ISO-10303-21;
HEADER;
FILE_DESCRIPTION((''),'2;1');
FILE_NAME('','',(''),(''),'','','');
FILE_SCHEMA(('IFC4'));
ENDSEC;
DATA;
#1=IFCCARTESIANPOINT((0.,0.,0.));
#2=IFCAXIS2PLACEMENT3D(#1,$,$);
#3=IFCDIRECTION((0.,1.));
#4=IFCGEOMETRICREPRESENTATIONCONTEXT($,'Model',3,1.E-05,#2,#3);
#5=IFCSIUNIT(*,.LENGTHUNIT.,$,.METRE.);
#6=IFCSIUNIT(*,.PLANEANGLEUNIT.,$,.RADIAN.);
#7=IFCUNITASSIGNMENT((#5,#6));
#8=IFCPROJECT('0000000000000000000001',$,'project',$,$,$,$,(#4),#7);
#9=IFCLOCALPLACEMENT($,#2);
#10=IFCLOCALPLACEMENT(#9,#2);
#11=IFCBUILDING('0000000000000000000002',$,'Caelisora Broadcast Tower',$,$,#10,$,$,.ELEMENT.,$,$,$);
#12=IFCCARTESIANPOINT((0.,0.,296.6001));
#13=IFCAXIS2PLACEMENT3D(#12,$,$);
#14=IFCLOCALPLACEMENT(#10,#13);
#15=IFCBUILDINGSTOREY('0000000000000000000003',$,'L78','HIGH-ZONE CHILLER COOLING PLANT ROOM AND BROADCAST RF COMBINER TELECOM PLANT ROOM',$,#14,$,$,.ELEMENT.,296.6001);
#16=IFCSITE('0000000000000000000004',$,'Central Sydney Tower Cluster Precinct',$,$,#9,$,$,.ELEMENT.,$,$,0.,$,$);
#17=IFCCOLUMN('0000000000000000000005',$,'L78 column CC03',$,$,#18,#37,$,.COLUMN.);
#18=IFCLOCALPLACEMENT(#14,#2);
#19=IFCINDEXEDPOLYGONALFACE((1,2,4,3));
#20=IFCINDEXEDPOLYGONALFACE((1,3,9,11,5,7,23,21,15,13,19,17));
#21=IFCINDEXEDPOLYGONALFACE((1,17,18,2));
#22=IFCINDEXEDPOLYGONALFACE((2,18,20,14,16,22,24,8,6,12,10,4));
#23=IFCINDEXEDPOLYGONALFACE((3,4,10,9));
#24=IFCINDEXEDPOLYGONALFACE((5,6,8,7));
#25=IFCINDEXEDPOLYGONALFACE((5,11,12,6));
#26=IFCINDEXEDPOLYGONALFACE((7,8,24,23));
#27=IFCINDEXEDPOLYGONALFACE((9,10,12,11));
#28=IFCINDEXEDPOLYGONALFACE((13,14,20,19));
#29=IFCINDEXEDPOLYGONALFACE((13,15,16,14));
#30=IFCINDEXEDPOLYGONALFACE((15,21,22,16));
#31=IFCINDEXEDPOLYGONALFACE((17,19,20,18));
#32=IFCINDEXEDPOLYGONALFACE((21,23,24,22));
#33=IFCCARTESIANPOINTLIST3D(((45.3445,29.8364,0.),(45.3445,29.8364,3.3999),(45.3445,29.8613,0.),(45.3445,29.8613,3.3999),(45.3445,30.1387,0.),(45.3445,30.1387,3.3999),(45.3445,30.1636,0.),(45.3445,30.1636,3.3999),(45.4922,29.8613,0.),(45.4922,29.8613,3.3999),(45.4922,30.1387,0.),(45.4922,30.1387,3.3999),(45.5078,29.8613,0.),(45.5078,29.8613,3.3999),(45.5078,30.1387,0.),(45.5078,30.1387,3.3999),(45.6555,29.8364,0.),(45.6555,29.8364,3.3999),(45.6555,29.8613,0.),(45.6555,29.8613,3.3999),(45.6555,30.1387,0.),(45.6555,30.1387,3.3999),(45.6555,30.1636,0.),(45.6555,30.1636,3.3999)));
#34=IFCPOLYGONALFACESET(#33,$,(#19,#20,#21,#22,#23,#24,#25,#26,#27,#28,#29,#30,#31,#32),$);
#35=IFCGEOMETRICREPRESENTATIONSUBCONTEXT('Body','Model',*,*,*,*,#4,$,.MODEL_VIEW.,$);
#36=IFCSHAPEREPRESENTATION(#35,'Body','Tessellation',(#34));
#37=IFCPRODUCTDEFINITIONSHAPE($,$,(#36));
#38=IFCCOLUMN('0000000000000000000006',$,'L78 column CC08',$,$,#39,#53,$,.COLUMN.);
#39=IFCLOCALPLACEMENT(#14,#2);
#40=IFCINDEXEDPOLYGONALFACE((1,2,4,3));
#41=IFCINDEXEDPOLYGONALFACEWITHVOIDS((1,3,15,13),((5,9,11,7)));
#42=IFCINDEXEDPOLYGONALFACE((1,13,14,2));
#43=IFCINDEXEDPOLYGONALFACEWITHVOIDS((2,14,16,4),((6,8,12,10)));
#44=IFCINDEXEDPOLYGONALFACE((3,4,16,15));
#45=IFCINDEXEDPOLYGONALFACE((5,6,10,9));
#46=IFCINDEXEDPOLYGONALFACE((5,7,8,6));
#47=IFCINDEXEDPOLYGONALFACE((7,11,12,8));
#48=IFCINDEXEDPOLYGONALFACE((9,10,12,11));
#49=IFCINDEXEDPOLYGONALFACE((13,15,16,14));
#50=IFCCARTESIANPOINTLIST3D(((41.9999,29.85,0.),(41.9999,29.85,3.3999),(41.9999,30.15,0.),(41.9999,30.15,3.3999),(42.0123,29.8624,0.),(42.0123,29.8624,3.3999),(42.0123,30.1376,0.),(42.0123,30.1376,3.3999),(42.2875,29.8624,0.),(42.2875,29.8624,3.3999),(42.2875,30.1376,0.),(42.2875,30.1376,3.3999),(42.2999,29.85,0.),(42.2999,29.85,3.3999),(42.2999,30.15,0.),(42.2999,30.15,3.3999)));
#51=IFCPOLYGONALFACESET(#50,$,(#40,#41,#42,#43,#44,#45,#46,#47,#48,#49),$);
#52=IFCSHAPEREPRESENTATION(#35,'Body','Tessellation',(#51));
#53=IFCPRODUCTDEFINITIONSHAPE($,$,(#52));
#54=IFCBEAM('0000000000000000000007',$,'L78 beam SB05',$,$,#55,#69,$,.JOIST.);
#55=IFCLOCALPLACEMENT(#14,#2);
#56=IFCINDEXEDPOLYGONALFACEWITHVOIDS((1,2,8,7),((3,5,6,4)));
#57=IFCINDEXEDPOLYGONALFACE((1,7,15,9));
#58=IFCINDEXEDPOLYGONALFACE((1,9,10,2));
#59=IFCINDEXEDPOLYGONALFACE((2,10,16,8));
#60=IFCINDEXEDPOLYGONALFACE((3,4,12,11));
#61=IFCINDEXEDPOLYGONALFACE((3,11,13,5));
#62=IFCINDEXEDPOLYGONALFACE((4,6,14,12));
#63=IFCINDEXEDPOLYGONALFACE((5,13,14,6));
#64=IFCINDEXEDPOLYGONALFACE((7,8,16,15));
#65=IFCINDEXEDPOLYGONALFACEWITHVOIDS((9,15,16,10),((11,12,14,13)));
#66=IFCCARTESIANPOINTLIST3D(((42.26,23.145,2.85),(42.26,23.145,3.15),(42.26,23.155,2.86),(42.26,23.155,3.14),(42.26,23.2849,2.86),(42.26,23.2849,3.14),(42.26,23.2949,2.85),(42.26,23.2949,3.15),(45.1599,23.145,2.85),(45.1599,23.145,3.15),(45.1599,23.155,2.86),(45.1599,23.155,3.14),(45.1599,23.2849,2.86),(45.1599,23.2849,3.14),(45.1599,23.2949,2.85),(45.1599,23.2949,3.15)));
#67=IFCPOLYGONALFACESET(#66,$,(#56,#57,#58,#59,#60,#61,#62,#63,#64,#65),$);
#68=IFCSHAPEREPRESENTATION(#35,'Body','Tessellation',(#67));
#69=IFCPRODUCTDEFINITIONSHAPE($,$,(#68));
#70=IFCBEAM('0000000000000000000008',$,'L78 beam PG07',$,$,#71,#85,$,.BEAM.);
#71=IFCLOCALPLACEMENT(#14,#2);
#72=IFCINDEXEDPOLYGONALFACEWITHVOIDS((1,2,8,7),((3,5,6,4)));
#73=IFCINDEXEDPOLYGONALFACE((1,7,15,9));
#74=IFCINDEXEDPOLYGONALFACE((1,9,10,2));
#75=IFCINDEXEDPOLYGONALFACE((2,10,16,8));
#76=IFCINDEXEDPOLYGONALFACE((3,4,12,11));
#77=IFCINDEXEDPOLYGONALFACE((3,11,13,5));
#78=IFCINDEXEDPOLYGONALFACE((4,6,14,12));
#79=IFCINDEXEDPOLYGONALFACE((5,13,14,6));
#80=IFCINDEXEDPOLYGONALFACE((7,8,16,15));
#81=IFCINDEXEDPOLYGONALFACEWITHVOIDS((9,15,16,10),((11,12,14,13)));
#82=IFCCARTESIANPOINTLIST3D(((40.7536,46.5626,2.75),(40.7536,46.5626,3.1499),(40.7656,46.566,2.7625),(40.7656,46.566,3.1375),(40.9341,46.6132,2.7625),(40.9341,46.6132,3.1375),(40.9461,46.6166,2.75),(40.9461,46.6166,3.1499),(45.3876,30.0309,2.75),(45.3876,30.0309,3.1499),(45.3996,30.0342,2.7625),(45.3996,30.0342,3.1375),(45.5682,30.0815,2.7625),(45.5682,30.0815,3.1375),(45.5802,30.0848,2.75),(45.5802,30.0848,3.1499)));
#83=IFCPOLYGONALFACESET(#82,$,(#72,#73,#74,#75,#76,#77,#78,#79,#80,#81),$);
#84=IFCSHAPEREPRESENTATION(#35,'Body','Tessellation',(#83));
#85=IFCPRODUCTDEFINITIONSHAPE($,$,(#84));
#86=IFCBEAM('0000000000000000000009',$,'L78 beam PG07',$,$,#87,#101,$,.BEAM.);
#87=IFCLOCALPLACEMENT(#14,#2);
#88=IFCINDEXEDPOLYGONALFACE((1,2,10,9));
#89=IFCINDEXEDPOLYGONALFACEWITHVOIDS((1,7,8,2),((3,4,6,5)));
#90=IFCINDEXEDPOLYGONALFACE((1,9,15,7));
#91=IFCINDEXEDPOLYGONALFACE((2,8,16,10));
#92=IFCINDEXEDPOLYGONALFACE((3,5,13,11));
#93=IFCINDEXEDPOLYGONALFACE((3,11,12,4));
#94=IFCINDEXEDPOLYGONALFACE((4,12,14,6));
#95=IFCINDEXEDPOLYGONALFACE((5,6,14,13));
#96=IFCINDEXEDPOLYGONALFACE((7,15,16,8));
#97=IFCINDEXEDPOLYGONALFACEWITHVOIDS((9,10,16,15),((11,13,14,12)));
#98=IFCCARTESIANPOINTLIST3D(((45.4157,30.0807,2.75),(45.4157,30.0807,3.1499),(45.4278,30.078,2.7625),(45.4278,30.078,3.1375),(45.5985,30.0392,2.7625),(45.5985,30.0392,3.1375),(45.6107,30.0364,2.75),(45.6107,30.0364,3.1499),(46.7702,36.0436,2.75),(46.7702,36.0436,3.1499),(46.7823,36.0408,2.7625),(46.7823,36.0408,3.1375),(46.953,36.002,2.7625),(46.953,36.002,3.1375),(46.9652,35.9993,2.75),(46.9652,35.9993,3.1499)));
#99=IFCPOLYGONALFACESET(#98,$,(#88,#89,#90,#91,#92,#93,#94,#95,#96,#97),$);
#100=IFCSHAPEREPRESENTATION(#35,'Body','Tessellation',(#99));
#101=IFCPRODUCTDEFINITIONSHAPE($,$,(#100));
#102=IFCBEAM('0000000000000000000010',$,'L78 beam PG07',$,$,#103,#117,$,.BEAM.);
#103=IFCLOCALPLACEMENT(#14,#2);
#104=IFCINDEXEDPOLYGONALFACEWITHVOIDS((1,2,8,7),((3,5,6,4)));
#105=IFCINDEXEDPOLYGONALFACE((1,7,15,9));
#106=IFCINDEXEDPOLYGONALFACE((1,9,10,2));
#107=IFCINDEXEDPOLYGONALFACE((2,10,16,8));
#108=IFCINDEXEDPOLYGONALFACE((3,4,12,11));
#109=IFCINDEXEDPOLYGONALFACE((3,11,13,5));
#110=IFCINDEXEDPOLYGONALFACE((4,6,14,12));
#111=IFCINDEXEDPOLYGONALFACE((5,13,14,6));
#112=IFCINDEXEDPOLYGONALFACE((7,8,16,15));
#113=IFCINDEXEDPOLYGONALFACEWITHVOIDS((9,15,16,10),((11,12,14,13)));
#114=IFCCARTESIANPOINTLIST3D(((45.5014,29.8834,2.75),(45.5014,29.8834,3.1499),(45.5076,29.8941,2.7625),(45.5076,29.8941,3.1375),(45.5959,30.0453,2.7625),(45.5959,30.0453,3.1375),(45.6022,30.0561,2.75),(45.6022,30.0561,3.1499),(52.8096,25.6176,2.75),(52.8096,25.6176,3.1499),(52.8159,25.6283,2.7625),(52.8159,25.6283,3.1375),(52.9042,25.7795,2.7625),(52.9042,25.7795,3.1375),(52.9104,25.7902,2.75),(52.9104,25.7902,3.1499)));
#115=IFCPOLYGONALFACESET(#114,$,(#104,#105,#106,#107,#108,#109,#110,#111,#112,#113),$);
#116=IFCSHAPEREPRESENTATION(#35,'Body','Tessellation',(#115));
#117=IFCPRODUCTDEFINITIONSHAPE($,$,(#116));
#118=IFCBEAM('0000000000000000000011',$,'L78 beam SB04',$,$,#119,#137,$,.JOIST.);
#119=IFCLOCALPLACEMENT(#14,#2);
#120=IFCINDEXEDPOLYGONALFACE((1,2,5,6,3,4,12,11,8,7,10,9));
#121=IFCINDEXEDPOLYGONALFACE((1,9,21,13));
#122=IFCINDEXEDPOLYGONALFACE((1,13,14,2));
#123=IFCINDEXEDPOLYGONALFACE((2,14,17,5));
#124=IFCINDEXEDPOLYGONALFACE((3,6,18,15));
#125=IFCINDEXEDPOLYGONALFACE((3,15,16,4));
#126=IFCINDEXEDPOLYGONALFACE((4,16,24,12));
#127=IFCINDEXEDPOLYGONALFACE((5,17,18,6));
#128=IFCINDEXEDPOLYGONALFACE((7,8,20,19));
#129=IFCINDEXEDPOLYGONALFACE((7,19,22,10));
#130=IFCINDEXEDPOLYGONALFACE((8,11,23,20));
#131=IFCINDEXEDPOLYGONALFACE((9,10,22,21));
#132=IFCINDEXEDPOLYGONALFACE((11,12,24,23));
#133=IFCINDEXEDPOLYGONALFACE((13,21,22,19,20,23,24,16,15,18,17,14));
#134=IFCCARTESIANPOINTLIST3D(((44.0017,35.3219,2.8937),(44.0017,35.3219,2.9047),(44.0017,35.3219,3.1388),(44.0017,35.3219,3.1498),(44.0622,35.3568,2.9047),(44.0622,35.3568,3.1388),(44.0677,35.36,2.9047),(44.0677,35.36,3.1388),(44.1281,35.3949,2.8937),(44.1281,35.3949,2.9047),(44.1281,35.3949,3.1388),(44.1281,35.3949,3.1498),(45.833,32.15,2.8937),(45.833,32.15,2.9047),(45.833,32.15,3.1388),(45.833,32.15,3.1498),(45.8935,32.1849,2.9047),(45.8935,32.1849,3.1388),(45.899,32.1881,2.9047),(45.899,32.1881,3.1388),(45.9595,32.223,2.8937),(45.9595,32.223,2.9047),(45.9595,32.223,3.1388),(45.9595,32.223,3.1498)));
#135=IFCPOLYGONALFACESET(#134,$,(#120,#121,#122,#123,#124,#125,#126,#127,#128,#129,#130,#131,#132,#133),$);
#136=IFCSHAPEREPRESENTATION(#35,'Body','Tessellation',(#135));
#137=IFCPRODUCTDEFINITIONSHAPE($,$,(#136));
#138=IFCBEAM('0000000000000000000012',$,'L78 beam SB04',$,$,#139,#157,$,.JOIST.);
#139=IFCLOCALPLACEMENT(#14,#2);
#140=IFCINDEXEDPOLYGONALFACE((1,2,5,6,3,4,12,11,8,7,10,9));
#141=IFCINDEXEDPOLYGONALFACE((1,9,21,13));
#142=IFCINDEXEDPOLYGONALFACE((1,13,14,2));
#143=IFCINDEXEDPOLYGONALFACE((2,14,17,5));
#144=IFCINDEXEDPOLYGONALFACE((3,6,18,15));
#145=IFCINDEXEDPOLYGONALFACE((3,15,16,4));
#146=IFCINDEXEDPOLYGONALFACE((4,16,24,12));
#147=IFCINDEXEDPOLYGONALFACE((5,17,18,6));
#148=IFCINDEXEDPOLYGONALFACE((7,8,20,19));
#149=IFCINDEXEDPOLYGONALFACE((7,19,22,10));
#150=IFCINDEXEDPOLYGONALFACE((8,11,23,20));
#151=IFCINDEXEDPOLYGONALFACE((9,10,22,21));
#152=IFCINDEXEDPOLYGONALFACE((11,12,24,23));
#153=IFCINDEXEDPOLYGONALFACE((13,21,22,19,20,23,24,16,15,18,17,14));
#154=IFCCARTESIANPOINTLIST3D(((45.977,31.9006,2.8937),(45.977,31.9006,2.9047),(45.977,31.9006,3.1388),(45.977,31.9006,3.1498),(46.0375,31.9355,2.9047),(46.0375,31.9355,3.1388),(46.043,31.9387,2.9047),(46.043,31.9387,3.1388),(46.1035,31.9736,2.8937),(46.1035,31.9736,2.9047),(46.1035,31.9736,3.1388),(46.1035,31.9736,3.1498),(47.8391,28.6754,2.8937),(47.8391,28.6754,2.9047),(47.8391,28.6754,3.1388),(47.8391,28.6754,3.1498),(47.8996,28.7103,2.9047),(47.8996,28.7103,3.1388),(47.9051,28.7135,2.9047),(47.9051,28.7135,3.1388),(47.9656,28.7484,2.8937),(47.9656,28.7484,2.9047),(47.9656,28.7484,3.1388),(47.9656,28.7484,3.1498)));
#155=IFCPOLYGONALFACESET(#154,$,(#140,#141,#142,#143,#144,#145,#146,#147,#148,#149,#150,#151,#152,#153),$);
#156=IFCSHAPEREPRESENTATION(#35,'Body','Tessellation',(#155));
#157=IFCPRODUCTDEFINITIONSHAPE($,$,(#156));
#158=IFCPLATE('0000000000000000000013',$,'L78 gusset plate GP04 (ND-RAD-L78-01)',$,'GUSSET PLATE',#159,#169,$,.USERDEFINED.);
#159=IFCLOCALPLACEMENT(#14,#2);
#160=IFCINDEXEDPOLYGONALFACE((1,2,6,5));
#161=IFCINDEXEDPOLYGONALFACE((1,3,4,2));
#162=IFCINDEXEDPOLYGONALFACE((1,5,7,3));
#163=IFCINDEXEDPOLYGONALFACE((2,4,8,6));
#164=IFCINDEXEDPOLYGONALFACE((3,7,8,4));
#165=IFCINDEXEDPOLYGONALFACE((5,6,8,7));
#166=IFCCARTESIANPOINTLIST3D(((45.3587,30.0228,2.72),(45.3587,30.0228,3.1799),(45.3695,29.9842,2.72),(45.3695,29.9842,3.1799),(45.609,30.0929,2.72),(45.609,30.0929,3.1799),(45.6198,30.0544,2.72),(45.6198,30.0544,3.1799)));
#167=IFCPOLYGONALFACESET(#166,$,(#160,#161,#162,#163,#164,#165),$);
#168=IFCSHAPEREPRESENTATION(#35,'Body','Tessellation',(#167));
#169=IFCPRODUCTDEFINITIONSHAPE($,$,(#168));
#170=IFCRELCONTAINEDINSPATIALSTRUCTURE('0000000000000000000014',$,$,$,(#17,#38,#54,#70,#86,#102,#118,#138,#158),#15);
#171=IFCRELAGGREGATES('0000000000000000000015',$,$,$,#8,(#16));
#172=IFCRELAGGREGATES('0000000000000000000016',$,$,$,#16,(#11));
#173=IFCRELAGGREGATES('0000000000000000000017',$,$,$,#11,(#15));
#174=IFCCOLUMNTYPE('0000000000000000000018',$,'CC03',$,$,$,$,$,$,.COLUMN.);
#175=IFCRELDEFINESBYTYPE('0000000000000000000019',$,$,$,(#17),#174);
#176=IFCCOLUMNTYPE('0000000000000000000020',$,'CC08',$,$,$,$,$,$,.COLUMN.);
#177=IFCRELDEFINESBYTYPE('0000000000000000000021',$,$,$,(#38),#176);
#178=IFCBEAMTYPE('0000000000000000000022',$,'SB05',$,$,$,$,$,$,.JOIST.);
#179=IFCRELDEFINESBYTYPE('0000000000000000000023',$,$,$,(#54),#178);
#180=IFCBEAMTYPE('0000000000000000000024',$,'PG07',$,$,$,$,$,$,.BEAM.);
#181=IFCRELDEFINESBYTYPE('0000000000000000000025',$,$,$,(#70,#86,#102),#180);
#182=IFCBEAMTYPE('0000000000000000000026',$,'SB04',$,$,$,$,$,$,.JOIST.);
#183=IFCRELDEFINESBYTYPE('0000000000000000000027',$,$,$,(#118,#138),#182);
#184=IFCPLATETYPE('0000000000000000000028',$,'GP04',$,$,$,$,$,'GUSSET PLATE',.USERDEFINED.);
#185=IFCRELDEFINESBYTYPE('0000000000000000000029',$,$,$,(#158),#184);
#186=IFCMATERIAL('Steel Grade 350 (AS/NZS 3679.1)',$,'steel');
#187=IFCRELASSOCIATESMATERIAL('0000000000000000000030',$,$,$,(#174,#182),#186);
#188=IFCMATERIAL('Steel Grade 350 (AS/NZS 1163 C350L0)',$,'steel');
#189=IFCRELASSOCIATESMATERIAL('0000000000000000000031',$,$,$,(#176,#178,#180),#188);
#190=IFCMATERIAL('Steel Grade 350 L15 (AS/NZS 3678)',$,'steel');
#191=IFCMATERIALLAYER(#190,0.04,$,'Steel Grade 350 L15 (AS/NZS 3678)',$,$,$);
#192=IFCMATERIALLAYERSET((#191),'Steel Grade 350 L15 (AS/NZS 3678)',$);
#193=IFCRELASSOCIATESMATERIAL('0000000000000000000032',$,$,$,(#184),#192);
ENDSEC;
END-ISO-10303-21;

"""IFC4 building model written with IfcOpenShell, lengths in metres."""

from ifc_helpers import new_model, si_unit, direction, frame, origin, origin_2d, place, context, subcontext, project, spatial, rectangle, hollow_rectangle, i_section, extrude, source, transform, mapped, material, layer, layer_set, material_profile, profile_set, type_object, type_shapes, element, save


model = new_model("IFC4")

# Units and contexts
model_context = context("Model", 3, precision=1e-05, world=origin(), true_north=direction((0.0, 1.0)))
body_context = subcontext(model_context, "Body", "Model", "MODEL_VIEW")
ifc_project = project(units=[si_unit("LENGTHUNIT", "METRE"), si_unit("PLANEANGLEUNIT", "RADIAN")], contexts=[model_context])

# Site, building, storey
site_placement = place(None, origin())
site = spatial("IfcSite", under=ifc_project, at=site_placement, Name="Central Sydney Tower Cluster Precinct", CompositionType="ELEMENT", RefElevation=0.0)
building_placement = place(site_placement, origin())
building = spatial("IfcBuilding", under=site, at=building_placement, Name="Caelisora Broadcast Tower", CompositionType="ELEMENT")
storey_placement = place(building_placement, frame((0.0, 0.0, 296.6001)))
storey = spatial("IfcBuildingStorey", under=building, at=storey_placement, Name="L78", Description="HIGH-ZONE CHILLER COOLING PLANT ROOM AND BROADCAST RF COMBINER TELECOM PLANT ROOM", CompositionType="ELEMENT", Elevation=296.6001)

# Columns
ifc_material_1 = material(Name="Steel Grade 350 (AS/NZS 3679.1)", Category="steel")
ifc_material_profile_1 = material_profile(ifc_material_1, i_section(OverallWidth=0.311, OverallDepth=0.3271, WebThickness=0.0156, FlangeThickness=0.0249, at=origin_2d()), Name="Steel Grade 350 (AS/NZS 3679.1)")
ifc_profile_set_1 = profile_set([ifc_material_profile_1], Name="Steel Grade 350 (AS/NZS 3679.1)")
column_type_1 = type_object("IfcColumnType", Name="CC03", PredefinedType="COLUMN", material=ifc_profile_set_1)
shared_shape_1 = source(origin(), body_context, "Body", "SweptSolid", [
    extrude(i_section(OverallWidth=0.311, OverallDepth=0.3271, WebThickness=0.0156, FlangeThickness=0.0249, at=origin_2d()), origin(), (0.0, 0.0, 1.0), 3.3999),
])
type_shapes(column_type_1, [shared_shape_1])
column_1_placement = place(storey_placement, frame((45.5, 30.0, 0.0), z_axis=(0.0, 0.0, 1.0), x_axis=(1.0, 0.0, 0.0)))
element("IfcColumn", 1, at=column_1_placement, inside=storey, type_object=column_type_1, Name="L78 column CC03", PredefinedType="COLUMN", context=body_context, shape_type="MappedRepresentation", body=[
    mapped(shared_shape_1, transform((0.0, 0.0, 0.0), scale=1.0)),
])
ifc_material_2 = material(Name="Steel Grade 350 (AS/NZS 1163 C350L0)", Category="steel")
ifc_material_profile_2 = material_profile(ifc_material_2, hollow_rectangle(XDim=0.3, YDim=0.3, WallThickness=0.0125, at=origin_2d()), Name="Steel Grade 350 (AS/NZS 1163 C350L0)")
ifc_profile_set_2 = profile_set([ifc_material_profile_2], Name="Steel Grade 350 (AS/NZS 1163 C350L0)")
column_type_2 = type_object("IfcColumnType", Name="CC08", PredefinedType="COLUMN", material=ifc_profile_set_2)
shared_shape_2 = source(origin(), body_context, "Body", "SweptSolid", [
    extrude(hollow_rectangle(XDim=0.3, YDim=0.3, WallThickness=0.0125, at=origin_2d()), origin(), (0.0, 0.0, 1.0), 3.3999),
])
type_shapes(column_type_2, [shared_shape_2])
column_2_placement = place(storey_placement, frame((42.1499, 30.0, 0.0), z_axis=(0.0, 0.0, 1.0), x_axis=(1.0, 0.0, 0.0)))
element("IfcColumn", 2, at=column_2_placement, inside=storey, type_object=column_type_2, Name="L78 column CC08", PredefinedType="COLUMN", context=body_context, shape_type="MappedRepresentation", body=[
    mapped(shared_shape_2, transform((0.0, 0.0, 0.0), scale=1.0)),
])

# Beams
ifc_material_profile_3 = material_profile(ifc_material_2, hollow_rectangle(XDim=0.1499, YDim=0.3, WallThickness=0.01, at=origin_2d()), Name="Steel Grade 350 (AS/NZS 1163 C350L0)")
ifc_profile_set_3 = profile_set([ifc_material_profile_3], Name="Steel Grade 350 (AS/NZS 1163 C350L0)")
beam_type_1 = type_object("IfcBeamType", Name="SB05", PredefinedType="JOIST", material=ifc_profile_set_3)
shared_shape_3 = source(origin(), body_context, "Body", "SweptSolid", [
    extrude(hollow_rectangle(XDim=0.1499, YDim=0.3, WallThickness=0.01, at=origin_2d()), origin(), (0.0, 0.0, 1.0), 2.8999),
])
type_shapes(beam_type_1, [shared_shape_3])
beam_1_placement = place(storey_placement, frame((42.26, 23.22, 3.0), z_axis=(1.0, 0.0, 0.0), x_axis=(0.0, 1.0, 0.0)))
element("IfcBeam", 3, at=beam_1_placement, inside=storey, type_object=beam_type_1, Name="L78 beam SB05", PredefinedType="JOIST", context=body_context, shape_type="MappedRepresentation", body=[
    mapped(shared_shape_3, transform((0.0, 0.0, 0.0), scale=1.0)),
])
ifc_material_profile_4 = material_profile(ifc_material_2, hollow_rectangle(XDim=0.2, YDim=0.3999, WallThickness=0.0125, at=origin_2d()), Name="Steel Grade 350 (AS/NZS 1163 C350L0)")
ifc_profile_set_4 = profile_set([ifc_material_profile_4], Name="Steel Grade 350 (AS/NZS 1163 C350L0)")
beam_type_2 = type_object("IfcBeamType", Name="PG07", PredefinedType="BEAM", material=ifc_profile_set_4)
shared_shape_4 = source(origin(), body_context, "Body", "SweptSolid", [
    extrude(hollow_rectangle(XDim=0.2, YDim=0.3999, WallThickness=0.0125, at=origin_2d()), origin(), (0.0, 0.0, 1.0), 17.1689),
])
beam_2_placement = place(storey_placement, frame((45.4839, 30.0579, 2.95), z_axis=(-0.269908, 0.962886, 0.0), x_axis=(-0.962886, -0.269908, 0.0)))
element("IfcBeam", 4, at=beam_2_placement, inside=storey, type_object=beam_type_2, Name="L78 beam PG07", PredefinedType="BEAM", context=body_context, shape_type="MappedRepresentation", body=[
    mapped(shared_shape_4, transform((0.0, 0.0, 0.0), scale=1.0)),
])
shared_shape_5 = source(origin(), body_context, "Body", "SweptSolid", [
    extrude(hollow_rectangle(XDim=0.2, YDim=0.3999, WallThickness=0.0125, at=origin_2d()), origin(), (0.0, 0.0, 1.0), 6.1147),
])
beam_3_placement = place(storey_placement, frame((45.5132, 30.0586, 2.95), z_axis=(0.221511, 0.975158, 0.0), x_axis=(-0.975158, 0.221511, 0.0)))
element("IfcBeam", 5, at=beam_3_placement, inside=storey, type_object=beam_type_2, Name="L78 beam PG07", PredefinedType="BEAM", context=body_context, shape_type="MappedRepresentation", body=[
    mapped(shared_shape_5, transform((0.0, 0.0, 0.0), scale=1.0)),
])
shared_shape_6 = source(origin(), body_context, "Body", "SweptSolid", [
    extrude(hollow_rectangle(XDim=0.2, YDim=0.3999, WallThickness=0.0125, at=origin_2d()), origin(), (0.0, 0.0, 1.0), 8.4622),
])
type_shapes(beam_type_2, [shared_shape_4, shared_shape_5, shared_shape_6])
beam_4_placement = place(storey_placement, frame((45.5518, 29.9697, 2.95), z_axis=(0.863642, -0.504106, 0.0), x_axis=(0.504106, 0.863642, 0.0)))
element("IfcBeam", 6, at=beam_4_placement, inside=storey, type_object=beam_type_2, Name="L78 beam PG07", PredefinedType="BEAM", context=body_context, shape_type="MappedRepresentation", body=[
    mapped(shared_shape_6, transform((0.0, 0.0, 0.0), scale=1.0)),
])
ifc_material_profile_5 = material_profile(ifc_material_1, i_section(OverallWidth=0.146, OverallDepth=0.2561, WebThickness=0.0063, FlangeThickness=0.011, at=origin_2d()), Name="Steel Grade 350 (AS/NZS 3679.1)")
ifc_profile_set_5 = profile_set([ifc_material_profile_5], Name="Steel Grade 350 (AS/NZS 3679.1)")
beam_type_3 = type_object("IfcBeamType", Name="SB04", PredefinedType="JOIST", material=ifc_profile_set_5)
shared_shape_7 = source(origin(), body_context, "Body", "SweptSolid", [
    extrude(i_section(OverallWidth=0.146, OverallDepth=0.2561, WebThickness=0.0063, FlangeThickness=0.011, at=origin_2d()), origin(), (0.0, 0.0, 1.0), 3.6626),
])
beam_5_placement = place(storey_placement, frame((45.8962, 32.1865, 3.0217), z_axis=(-0.500003, 0.866024, 0.0), x_axis=(-0.866024, -0.500003, 0.0)))
element("IfcBeam", 7, at=beam_5_placement, inside=storey, type_object=beam_type_3, Name="L78 beam SB04", PredefinedType="JOIST", context=body_context, shape_type="MappedRepresentation", body=[
    mapped(shared_shape_7, transform((0.0, 0.0, 0.0), scale=1.0)),
])
shared_shape_8 = source(origin(), body_context, "Body", "SweptSolid", [
    extrude(i_section(OverallWidth=0.146, OverallDepth=0.2561, WebThickness=0.0063, FlangeThickness=0.011, at=origin_2d()), origin(), (0.0, 0.0, 1.0), 3.7241),
])
type_shapes(beam_type_3, [shared_shape_7, shared_shape_8])
beam_6_placement = place(storey_placement, frame((47.9023, 28.7119, 3.0217), z_axis=(-0.50001, 0.86602, 0.0), x_axis=(-0.86602, -0.50001, 0.0)))
element("IfcBeam", 8, at=beam_6_placement, inside=storey, type_object=beam_type_3, Name="L78 beam SB04", PredefinedType="JOIST", context=body_context, shape_type="MappedRepresentation", body=[
    mapped(shared_shape_8, transform((0.0, 0.0, 0.0), scale=1.0)),
])

# Plate
ifc_material_3 = material(Name="Steel Grade 350 L15 (AS/NZS 3678)", Category="steel")
ifc_layer_1 = layer(ifc_material_3, 0.04, Name="Steel Grade 350 L15 (AS/NZS 3678)")
ifc_layer_set_1 = layer_set([ifc_layer_1], Name="Steel Grade 350 L15 (AS/NZS 3678)")
plate_type = type_object("IfcPlateType", Name="GP04", ElementType="GUSSET PLATE", PredefinedType="USERDEFINED", material=ifc_layer_set_1)
shared_shape_9 = source(origin(), body_context, "Body", "SweptSolid", [
    extrude(rectangle(XDim=0.26, YDim=0.04, at=origin_2d()), origin(), (0.0, 0.0, 1.0), 0.46),
])
type_shapes(plate_type, [shared_shape_9])
for number, where, z_axis, x_axis, name in (
    (9, (45.4893, 30.0386, 2.72), (0.0, 0.0, 1.0), (-0.96288, -0.269928, 0.0), "L78 gusset plate GP04 (ND-RAD-L78-01)"),
):
    element("IfcPlate", number, at=place(storey_placement, frame(where, z_axis=z_axis, x_axis=x_axis)), inside=storey, type_object=plate_type, Name=name, ObjectType="GUSSET PLATE", PredefinedType="USERDEFINED", context=body_context, shape_type="MappedRepresentation", body=[
        mapped(shared_shape_9, transform((0.0, 0.0, 0.0), scale=1.0)),
    ])

save(model, "model.ifc")
